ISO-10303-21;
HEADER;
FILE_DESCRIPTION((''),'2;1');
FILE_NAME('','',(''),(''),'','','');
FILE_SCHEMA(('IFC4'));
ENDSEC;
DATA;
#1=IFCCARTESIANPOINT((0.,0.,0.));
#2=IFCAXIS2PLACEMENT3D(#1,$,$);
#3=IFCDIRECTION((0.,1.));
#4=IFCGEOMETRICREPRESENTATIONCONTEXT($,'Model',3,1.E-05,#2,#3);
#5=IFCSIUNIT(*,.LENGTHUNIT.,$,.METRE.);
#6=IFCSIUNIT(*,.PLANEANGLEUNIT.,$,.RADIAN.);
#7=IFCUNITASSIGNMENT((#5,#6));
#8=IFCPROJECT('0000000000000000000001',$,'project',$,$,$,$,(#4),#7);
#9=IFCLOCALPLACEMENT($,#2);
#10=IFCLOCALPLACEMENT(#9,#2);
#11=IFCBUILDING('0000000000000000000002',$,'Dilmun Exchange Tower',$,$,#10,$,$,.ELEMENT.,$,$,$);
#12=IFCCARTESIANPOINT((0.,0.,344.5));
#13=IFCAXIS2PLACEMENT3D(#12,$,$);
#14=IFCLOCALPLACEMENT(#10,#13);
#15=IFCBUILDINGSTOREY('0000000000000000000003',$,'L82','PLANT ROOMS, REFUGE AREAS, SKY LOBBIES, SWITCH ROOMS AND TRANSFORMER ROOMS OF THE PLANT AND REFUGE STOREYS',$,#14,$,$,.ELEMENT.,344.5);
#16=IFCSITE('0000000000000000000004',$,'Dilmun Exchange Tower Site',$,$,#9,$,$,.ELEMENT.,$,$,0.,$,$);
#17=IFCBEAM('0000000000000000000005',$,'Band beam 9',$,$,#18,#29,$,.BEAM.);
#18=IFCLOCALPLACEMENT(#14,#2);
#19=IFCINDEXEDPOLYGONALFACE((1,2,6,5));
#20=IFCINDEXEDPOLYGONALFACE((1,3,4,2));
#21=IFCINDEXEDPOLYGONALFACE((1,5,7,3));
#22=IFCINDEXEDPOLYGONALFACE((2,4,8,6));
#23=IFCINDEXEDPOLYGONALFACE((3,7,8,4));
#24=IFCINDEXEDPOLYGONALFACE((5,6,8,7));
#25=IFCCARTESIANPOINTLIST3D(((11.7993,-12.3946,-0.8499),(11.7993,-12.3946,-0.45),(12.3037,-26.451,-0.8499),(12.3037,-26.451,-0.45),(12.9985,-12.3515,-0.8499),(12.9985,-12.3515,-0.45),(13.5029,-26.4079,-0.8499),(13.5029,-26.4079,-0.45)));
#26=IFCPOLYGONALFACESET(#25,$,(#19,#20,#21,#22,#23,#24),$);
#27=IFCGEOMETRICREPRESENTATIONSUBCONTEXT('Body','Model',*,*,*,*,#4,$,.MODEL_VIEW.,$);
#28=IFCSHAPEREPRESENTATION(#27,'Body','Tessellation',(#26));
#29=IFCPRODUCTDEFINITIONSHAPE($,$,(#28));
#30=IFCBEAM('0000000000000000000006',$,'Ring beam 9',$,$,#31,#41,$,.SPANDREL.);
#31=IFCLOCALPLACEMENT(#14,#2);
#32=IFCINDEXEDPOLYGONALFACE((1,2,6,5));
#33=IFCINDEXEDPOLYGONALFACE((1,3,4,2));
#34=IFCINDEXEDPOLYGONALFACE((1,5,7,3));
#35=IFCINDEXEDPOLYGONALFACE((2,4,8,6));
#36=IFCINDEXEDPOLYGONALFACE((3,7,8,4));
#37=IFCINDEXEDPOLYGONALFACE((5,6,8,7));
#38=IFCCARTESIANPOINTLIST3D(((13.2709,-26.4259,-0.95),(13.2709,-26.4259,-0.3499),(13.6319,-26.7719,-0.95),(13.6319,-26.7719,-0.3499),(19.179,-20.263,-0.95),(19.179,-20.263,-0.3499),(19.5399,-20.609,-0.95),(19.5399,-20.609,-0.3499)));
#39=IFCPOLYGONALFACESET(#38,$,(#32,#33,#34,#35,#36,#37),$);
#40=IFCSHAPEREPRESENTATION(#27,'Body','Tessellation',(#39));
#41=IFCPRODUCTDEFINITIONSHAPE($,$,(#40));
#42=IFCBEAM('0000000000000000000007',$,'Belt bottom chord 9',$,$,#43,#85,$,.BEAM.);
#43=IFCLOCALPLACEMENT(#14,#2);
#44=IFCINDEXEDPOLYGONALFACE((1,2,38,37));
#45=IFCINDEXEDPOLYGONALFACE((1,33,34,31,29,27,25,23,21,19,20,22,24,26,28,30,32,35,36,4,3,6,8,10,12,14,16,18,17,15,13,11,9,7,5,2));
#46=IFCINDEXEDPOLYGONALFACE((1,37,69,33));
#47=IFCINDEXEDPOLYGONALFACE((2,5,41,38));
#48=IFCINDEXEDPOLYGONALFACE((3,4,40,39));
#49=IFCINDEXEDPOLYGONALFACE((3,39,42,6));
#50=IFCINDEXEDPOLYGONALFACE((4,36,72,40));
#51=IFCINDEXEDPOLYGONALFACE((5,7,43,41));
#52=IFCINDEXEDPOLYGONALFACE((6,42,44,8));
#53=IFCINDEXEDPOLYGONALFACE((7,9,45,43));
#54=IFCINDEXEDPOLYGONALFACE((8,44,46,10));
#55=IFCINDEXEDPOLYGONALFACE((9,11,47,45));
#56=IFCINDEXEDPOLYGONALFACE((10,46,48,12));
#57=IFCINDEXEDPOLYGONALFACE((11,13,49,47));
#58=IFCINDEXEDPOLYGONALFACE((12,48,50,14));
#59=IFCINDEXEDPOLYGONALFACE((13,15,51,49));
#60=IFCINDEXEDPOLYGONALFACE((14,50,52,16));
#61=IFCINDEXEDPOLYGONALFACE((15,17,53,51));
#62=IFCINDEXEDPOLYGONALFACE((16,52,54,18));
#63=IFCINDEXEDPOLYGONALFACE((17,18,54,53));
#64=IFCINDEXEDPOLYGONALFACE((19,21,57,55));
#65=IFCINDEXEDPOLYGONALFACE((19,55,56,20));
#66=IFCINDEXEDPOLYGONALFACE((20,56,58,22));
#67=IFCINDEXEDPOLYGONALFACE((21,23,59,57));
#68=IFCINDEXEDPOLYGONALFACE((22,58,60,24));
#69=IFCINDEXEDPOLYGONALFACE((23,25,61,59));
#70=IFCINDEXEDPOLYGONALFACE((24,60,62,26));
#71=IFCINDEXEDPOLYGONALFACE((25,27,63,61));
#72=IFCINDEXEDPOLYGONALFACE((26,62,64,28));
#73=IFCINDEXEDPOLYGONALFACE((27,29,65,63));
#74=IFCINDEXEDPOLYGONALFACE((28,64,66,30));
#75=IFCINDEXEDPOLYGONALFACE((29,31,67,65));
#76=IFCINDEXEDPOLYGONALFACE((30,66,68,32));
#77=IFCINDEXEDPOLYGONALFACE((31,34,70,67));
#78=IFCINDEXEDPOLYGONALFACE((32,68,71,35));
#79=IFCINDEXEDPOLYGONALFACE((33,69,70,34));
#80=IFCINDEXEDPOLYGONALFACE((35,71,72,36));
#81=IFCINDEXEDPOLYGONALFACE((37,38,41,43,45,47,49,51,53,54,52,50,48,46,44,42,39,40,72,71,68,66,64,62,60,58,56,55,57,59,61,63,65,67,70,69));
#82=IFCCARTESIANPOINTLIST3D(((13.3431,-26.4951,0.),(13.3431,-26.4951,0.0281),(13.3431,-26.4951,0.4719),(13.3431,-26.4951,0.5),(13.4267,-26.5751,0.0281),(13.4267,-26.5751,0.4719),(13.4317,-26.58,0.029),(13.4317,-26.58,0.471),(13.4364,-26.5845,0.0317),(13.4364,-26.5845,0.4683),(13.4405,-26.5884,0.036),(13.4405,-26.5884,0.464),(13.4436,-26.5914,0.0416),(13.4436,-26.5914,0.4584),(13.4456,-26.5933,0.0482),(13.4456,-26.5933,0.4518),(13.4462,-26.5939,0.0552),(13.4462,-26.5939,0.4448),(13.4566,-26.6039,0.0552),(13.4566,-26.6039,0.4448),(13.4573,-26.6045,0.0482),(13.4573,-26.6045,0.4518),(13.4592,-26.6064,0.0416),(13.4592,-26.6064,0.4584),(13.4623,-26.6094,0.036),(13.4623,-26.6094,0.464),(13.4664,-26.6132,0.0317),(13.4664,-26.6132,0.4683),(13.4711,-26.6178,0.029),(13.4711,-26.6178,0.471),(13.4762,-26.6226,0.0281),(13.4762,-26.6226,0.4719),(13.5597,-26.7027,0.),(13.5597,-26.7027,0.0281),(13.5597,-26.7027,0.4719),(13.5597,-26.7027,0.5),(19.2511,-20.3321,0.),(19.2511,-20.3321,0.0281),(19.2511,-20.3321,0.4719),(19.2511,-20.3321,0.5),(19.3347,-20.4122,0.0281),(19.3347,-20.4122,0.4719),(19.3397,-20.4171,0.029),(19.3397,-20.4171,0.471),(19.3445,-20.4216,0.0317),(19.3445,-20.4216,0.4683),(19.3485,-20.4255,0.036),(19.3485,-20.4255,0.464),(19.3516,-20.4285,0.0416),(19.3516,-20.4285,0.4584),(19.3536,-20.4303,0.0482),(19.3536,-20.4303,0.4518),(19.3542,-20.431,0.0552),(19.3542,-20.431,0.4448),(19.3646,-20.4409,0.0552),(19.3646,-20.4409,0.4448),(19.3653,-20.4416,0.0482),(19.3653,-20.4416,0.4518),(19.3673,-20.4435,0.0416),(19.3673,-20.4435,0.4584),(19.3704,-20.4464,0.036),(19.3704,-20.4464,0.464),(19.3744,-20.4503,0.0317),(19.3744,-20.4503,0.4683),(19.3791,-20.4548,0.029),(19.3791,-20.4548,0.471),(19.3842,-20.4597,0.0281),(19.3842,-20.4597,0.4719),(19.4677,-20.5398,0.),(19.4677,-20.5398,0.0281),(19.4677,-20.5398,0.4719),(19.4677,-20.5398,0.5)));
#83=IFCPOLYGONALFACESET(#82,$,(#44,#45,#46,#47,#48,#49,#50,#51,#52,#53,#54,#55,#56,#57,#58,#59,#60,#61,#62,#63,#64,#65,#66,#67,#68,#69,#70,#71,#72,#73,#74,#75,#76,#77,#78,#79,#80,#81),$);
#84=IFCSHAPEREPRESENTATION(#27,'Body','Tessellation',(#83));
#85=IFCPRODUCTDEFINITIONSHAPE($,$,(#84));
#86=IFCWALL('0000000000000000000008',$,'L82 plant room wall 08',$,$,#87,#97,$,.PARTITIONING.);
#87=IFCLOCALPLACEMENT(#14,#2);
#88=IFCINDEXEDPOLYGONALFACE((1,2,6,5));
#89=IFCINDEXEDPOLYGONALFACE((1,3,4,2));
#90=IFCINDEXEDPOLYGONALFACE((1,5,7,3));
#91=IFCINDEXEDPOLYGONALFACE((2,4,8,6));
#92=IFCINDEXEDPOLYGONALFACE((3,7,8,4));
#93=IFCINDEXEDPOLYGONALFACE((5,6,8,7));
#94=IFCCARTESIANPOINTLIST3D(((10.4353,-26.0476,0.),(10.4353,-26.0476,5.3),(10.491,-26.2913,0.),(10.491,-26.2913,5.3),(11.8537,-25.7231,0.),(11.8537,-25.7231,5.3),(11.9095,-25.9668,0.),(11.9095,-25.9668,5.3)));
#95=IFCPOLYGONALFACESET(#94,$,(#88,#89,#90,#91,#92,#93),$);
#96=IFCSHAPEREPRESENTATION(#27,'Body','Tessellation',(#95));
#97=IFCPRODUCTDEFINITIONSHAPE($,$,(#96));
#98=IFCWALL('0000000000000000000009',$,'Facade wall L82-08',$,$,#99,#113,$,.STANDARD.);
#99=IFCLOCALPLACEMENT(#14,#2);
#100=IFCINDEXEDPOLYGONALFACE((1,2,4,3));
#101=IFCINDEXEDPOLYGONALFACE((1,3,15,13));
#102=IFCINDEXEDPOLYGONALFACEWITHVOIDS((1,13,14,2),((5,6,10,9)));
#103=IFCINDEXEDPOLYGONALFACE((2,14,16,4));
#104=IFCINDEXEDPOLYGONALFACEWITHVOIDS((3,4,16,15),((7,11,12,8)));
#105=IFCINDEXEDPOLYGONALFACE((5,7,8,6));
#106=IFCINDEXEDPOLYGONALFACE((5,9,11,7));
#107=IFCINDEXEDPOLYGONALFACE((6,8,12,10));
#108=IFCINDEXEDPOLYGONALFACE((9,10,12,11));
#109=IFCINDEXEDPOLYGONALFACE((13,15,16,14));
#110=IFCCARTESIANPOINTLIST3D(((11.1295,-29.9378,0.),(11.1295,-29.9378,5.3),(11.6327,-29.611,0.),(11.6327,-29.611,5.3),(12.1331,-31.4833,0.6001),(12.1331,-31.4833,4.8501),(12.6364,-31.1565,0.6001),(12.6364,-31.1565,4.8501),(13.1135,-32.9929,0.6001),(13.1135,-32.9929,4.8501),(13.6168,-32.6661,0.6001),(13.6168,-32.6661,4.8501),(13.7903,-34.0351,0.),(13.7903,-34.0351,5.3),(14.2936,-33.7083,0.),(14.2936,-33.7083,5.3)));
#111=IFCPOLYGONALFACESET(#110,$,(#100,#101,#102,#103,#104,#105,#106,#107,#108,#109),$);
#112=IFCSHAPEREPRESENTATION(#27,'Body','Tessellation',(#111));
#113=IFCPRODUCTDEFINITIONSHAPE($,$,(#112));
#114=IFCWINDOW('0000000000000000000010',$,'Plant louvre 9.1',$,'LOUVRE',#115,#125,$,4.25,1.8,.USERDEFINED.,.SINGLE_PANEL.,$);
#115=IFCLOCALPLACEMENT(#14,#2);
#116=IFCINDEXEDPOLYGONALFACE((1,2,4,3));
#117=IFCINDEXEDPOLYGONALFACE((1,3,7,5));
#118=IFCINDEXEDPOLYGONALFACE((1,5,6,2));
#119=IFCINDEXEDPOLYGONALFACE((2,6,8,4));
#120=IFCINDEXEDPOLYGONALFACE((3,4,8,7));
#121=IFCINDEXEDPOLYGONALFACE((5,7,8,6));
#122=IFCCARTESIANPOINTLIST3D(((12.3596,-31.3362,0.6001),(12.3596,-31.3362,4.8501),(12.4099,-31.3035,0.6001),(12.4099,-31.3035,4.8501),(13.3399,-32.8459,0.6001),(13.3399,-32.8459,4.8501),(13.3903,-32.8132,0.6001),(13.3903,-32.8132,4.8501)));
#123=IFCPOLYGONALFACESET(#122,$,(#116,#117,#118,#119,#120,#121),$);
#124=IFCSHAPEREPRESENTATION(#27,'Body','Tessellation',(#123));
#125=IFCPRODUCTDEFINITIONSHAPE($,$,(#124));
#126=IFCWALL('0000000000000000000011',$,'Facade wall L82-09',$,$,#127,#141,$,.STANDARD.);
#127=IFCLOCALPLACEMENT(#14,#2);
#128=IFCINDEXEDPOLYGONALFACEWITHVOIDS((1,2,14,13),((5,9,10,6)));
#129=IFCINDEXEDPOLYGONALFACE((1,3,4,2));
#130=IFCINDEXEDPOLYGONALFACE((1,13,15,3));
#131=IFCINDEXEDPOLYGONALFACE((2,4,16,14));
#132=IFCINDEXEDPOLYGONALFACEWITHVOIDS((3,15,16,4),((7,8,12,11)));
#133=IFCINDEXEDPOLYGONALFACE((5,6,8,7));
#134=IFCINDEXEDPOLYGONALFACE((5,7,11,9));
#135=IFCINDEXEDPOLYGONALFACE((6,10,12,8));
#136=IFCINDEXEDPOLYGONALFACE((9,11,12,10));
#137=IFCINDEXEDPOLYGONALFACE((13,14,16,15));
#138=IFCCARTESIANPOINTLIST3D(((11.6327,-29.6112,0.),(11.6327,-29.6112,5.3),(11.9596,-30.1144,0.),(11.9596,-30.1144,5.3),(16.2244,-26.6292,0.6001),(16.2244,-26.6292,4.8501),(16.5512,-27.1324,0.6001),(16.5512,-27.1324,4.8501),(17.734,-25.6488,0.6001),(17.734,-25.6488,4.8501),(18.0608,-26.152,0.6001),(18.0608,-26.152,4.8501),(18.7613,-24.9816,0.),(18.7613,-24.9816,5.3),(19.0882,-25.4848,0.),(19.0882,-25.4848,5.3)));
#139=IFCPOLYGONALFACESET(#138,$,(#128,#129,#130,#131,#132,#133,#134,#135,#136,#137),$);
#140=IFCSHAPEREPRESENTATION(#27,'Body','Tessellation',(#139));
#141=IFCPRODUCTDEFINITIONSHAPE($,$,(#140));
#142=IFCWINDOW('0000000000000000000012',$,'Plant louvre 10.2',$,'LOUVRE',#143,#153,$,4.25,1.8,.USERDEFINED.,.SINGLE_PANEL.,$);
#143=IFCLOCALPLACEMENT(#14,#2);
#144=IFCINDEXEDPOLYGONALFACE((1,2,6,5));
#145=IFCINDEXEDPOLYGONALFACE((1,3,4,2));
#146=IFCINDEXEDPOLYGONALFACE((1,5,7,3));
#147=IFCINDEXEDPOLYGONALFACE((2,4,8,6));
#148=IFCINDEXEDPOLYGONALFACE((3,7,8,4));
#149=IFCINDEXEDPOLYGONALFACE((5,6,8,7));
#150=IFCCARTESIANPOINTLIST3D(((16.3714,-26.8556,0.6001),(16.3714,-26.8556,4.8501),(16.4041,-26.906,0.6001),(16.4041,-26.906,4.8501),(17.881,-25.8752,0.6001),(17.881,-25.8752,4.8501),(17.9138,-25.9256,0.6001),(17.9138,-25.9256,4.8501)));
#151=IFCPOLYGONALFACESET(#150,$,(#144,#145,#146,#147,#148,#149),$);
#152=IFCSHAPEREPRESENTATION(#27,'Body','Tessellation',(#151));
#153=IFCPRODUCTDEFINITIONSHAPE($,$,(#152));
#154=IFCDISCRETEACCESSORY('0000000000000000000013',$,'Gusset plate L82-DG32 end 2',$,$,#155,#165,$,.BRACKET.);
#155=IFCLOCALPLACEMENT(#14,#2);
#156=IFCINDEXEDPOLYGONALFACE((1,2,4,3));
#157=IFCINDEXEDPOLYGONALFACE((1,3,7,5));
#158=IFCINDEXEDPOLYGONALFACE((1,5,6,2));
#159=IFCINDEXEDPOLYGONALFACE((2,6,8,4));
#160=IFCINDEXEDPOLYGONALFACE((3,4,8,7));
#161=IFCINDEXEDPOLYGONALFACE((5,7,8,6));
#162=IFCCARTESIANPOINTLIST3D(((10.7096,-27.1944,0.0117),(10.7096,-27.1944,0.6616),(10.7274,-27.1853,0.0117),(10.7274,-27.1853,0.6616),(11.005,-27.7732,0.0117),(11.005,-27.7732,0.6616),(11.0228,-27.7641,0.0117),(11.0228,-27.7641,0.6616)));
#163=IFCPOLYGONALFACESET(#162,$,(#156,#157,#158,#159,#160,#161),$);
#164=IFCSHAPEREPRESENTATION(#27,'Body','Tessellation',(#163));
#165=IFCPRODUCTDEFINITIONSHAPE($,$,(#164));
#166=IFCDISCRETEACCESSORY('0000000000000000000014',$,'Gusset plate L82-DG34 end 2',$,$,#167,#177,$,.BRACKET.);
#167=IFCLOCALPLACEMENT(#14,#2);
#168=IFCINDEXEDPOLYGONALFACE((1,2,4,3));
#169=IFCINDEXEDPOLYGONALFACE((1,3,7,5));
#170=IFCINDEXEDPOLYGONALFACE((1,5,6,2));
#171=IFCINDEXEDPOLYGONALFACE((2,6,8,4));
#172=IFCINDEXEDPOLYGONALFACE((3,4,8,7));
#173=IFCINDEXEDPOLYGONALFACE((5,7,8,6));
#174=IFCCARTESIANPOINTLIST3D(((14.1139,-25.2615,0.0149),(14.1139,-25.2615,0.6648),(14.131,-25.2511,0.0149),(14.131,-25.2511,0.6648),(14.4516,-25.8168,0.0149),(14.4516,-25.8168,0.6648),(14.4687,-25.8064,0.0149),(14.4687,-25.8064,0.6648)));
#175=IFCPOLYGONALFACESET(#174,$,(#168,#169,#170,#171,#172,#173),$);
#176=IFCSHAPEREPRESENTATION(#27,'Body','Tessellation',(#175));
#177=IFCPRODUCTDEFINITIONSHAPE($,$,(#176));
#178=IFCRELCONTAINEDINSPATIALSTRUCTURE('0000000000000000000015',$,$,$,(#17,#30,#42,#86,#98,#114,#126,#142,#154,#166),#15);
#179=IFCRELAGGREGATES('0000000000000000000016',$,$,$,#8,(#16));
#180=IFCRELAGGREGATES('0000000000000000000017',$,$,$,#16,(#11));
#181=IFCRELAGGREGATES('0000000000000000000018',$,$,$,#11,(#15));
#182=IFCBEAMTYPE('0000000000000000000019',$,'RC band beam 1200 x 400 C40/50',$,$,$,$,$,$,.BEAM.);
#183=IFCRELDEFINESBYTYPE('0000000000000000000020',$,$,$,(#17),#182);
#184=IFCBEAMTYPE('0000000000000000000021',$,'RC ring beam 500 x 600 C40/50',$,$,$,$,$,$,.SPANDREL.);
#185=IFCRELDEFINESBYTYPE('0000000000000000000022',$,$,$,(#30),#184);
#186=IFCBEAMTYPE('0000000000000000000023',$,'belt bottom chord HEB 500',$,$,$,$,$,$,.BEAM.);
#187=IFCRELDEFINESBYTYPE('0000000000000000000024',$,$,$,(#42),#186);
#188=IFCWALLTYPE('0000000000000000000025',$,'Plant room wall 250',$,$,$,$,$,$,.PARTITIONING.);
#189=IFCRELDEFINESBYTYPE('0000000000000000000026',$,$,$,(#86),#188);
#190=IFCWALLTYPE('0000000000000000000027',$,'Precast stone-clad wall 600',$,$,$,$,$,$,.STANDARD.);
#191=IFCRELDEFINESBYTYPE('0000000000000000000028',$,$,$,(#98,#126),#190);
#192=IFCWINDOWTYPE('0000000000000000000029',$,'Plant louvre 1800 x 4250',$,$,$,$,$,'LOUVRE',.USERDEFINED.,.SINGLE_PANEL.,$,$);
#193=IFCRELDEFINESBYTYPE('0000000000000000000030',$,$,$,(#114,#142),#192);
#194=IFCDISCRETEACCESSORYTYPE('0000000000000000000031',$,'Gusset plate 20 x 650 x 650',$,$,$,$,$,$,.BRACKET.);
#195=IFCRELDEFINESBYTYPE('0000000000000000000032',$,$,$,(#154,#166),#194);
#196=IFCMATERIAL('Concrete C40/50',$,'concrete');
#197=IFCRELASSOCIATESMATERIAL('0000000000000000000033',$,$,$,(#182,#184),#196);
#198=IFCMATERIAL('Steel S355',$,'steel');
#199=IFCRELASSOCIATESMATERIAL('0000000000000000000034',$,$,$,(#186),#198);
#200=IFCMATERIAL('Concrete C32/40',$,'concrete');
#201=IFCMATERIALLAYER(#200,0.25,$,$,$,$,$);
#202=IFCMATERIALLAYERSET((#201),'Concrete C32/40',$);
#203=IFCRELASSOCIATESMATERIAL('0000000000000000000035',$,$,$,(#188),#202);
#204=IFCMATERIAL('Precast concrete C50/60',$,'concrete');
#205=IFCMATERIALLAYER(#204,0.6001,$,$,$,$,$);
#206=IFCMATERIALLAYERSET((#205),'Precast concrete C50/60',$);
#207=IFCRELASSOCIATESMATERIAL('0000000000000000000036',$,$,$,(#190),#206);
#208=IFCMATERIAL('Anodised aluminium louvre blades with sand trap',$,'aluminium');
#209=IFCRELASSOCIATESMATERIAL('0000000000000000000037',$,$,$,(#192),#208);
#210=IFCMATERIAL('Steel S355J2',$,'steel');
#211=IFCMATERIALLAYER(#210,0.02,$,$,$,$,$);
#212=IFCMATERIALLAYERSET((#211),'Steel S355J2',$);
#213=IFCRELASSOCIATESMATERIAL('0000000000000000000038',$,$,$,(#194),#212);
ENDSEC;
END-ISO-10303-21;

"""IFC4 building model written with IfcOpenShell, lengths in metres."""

from ifc_helpers import new_model, si_unit, direction, frame, frame_2d, origin, origin_2d, place, context, subcontext, project, spatial, rectangle, i_section, extrude, material, layer, layer_set, material_profile, profile_set, type_object, element, fill, save


model = new_model("IFC4")

# Units and contexts
model_context = context("Model", 3, precision=1e-05, world=origin(), true_north=direction((0.0, 1.0)))
body_context = subcontext(model_context, "Body", "Model", "MODEL_VIEW")
ifc_project = project(units=[si_unit("LENGTHUNIT", "METRE"), si_unit("PLANEANGLEUNIT", "RADIAN")], contexts=[model_context])

# Site, building, storey
site_placement = place(None, origin())
site = spatial("IfcSite", under=ifc_project, at=site_placement, Name="Dilmun Exchange Tower Site", CompositionType="ELEMENT", RefElevation=0.0)
building_placement = place(site_placement, origin())
building = spatial("IfcBuilding", under=site, at=building_placement, Name="Dilmun Exchange Tower", CompositionType="ELEMENT")
storey_placement = place(building_placement, frame((0.0, 0.0, 344.5)))
storey = spatial("IfcBuildingStorey", under=building, at=storey_placement, Name="L82", Description="PLANT ROOMS, REFUGE AREAS, SKY LOBBIES, SWITCH ROOMS AND TRANSFORMER ROOMS OF THE PLANT AND REFUGE STOREYS", CompositionType="ELEMENT", Elevation=344.5)

# Beams
ifc_material_1 = material(Name="Concrete C40/50", Category="concrete")
ifc_material_profile_1 = material_profile(ifc_material_1, rectangle(XDim=1.2, YDim=0.3999, at=origin_2d()), Name="1200 x 400")
ifc_profile_set_1 = profile_set([ifc_material_profile_1], Name="Concrete C40/50")
beam_type_1 = type_object("IfcBeamType", Name="RC band beam 1200 x 400 C40/50", PredefinedType="BEAM", material=ifc_profile_set_1)
beam_1_placement = place(storey_placement, frame((12.9033, -26.4294, -0.6499), z_axis=(-0.035861, 0.999357, 0.0), x_axis=(-0.999357, -0.035861, 0.0)))
element("IfcBeam", 1, at=beam_1_placement, inside=storey, type_object=beam_type_1, Name="Band beam 9", PredefinedType="BEAM", context=body_context, shape_type="SweptSolid", body=[
    extrude(rectangle(XDim=1.2, YDim=0.3999, at=origin_2d()), origin(), (0.0, 0.0, 1.0), 14.0654),
])
ifc_material_profile_2 = material_profile(ifc_material_1, rectangle(XDim=0.5, YDim=0.6001, at=origin_2d()), Name="500 x 600")
ifc_profile_set_2 = profile_set([ifc_material_profile_2], Name="Concrete C40/50")
beam_type_2 = type_object("IfcBeamType", Name="RC ring beam 500 x 600 C40/50", PredefinedType="SPANDREL", material=ifc_profile_set_2)
beam_2_placement = place(storey_placement, frame((13.4514, -26.5989, -0.6499), z_axis=(0.692022, 0.721877, 0.0), x_axis=(-0.721877, 0.692022, 0.0)))
element("IfcBeam", 2, at=beam_2_placement, inside=storey, type_object=beam_type_2, Name="Ring beam 9", PredefinedType="SPANDREL", context=body_context, shape_type="SweptSolid", body=[
    extrude(rectangle(XDim=0.5, YDim=0.6001, at=origin_2d()), origin(), (0.0, 0.0, 1.0), 8.5374),
])
ifc_material_2 = material(Name="Steel S355", Category="steel")
ifc_material_profile_3 = material_profile(ifc_material_2, i_section(OverallWidth=0.3, OverallDepth=0.5, WebThickness=0.0144, FlangeThickness=0.0281, FilletRadius=0.0271, at=origin_2d()), Name="HEB 500")
ifc_profile_set_3 = profile_set([ifc_material_profile_3], Name="Steel S355")
beam_type_3 = type_object("IfcBeamType", Name="belt bottom chord HEB 500", PredefinedType="BEAM", material=ifc_profile_set_3)
beam_3_placement = place(storey_placement, frame((13.4514, -26.5989, 0.25), z_axis=(0.692022, 0.721877, 0.0), x_axis=(-0.721877, 0.692022, 0.0)))
element("IfcBeam", 3, at=beam_3_placement, inside=storey, type_object=beam_type_3, Name="Belt bottom chord 9", PredefinedType="BEAM", context=body_context, shape_type="SweptSolid", body=[
    extrude(i_section(OverallWidth=0.3, OverallDepth=0.5, WebThickness=0.0144, FlangeThickness=0.0281, FilletRadius=0.0271, at=origin_2d()), origin(), (0.0, 0.0, 1.0), 8.5374),
])

# Wall
ifc_material_3 = material(Name="Concrete C32/40", Category="concrete")
ifc_layer_1 = layer(ifc_material_3, 0.25)
ifc_layer_set_1 = layer_set([ifc_layer_1], Name="Concrete C32/40")
wall_type_1 = type_object("IfcWallType", Name="Plant room wall 250", PredefinedType="PARTITIONING", material=ifc_layer_set_1)
wall_1_placement = place(storey_placement, frame((10.4631, -26.1694, 0.0), z_axis=(0.0, 0.0, 1.0), x_axis=(0.974822, 0.222984, 0.0)))
element("IfcWall", 4, at=wall_1_placement, inside=storey, type_object=wall_type_1, Name="L82 plant room wall 08", PredefinedType="PARTITIONING", context=body_context, shape_type="SweptSolid", body=[
    extrude(rectangle(XDim=1.4551, YDim=0.25, at=frame_2d((0.7275, 0.0))), origin(), (0.0, 0.0, 1.0), 5.3),
])

# Walls, openings, windows
ifc_material_4 = material(Name="Precast concrete C50/60", Category="concrete")
ifc_layer_2 = layer(ifc_material_4, 0.6001)
ifc_layer_set_2 = layer_set([ifc_layer_2], Name="Precast concrete C50/60")
wall_type_2 = type_object("IfcWallType", Name="Precast stone-clad wall 600", PredefinedType="STANDARD", material=ifc_layer_set_2)
wall_2_placement = place(storey_placement, frame((14.042, -33.8718, 0.0), z_axis=(0.0, 0.0, 1.0), x_axis=(-0.544639, 0.838671, 0.0)))
wall_2 = element("IfcWall", 5, at=wall_2_placement, inside=storey, type_object=wall_type_2, Name="Facade wall L82-08", PredefinedType="STANDARD", context=body_context, shape_type="SweptSolid", body=[
    extrude(rectangle(XDim=4.8855, YDim=0.6001, at=frame_2d((2.4429, 0.0))), origin(), (0.0, 0.0, 1.0), 5.3),
])
opening_1_placement = place(wall_2_placement, frame((1.2429, 0.0, 0.6001)))
opening_1 = element("IfcOpeningElement", 6, at=opening_1_placement, cuts=wall_2, PredefinedType="OPENING", context=body_context, shape_type="SweptSolid", body=[
    extrude(rectangle(XDim=1.8, YDim=4.25, at=frame_2d((0.8999, 2.125))), frame((0.0, 0.3101, 0.0), z_axis=(0.0, -1.0, 0.0), x_axis=(1.0, 0.0, 0.0)), (0.0, 0.0, 1.0), 0.6201),
])
ifc_material_5 = material(Name="Anodised aluminium louvre blades with sand trap", Category="aluminium")
window_type_1 = type_object("IfcWindowType", Name="Plant louvre 1800 x 4250", ElementType="LOUVRE", PartitioningType="SINGLE_PANEL", PredefinedType="USERDEFINED", material=ifc_material_5)
window_1_placement = place(opening_1_placement, origin())
window_1 = element("IfcWindow", 7, at=window_1_placement, inside=storey, type_object=window_type_1, Name="Plant louvre 9.1", ObjectType="LOUVRE", OverallHeight=4.25, OverallWidth=1.8, PartitioningType="SINGLE_PANEL", PredefinedType="USERDEFINED", context=body_context, shape_type="SweptSolid", body=[
    extrude(rectangle(XDim=1.8, YDim=4.25, at=frame_2d((0.8999, 2.125))), frame((0.0, 0.03, 0.0), z_axis=(0.0, -1.0, 0.0), x_axis=(1.0, 0.0, 0.0)), (0.0, 0.0, 1.0), 0.0601),
])
fill(opening_1, window_1)
wall_3_placement = place(storey_placement, frame((11.7961, -29.8628, 0.0), z_axis=(0.0, 0.0, 1.0), x_axis=(0.838658, 0.544658, 0.0)))
wall_3 = element("IfcWall", 8, at=wall_3_placement, inside=storey, type_object=wall_type_2, Name="Facade wall L82-09", PredefinedType="STANDARD", context=body_context, shape_type="SweptSolid", body=[
    extrude(rectangle(XDim=8.5, YDim=0.6001, at=frame_2d((4.25, 0.0))), origin(), (0.0, 0.0, 1.0), 5.3),
])
opening_2_placement = place(wall_3_placement, frame((5.4751, 0.0, 0.6001)))
opening_2 = element("IfcOpeningElement", 9, at=opening_2_placement, cuts=wall_3, PredefinedType="OPENING", context=body_context, shape_type="SweptSolid", body=[
    extrude(rectangle(XDim=1.8, YDim=4.25, at=frame_2d((0.8999, 2.125))), frame((0.0, 0.3101, 0.0), z_axis=(0.0, -1.0, 0.0), x_axis=(1.0, 0.0, 0.0)), (0.0, 0.0, 1.0), 0.6201),
])
window_2_placement = place(opening_2_placement, origin())
window_2 = element("IfcWindow", 10, at=window_2_placement, inside=storey, type_object=window_type_1, Name="Plant louvre 10.2", ObjectType="LOUVRE", OverallHeight=4.25, OverallWidth=1.8, PartitioningType="SINGLE_PANEL", PredefinedType="USERDEFINED", context=body_context, shape_type="SweptSolid", body=[
    extrude(rectangle(XDim=1.8, YDim=4.25, at=frame_2d((0.8999, 2.125))), frame((0.0, 0.03, 0.0), z_axis=(0.0, -1.0, 0.0), x_axis=(1.0, 0.0, 0.0)), (0.0, 0.0, 1.0), 0.0601),
])
fill(opening_2, window_2)

# Discrete accessories
ifc_material_6 = material(Name="Steel S355J2", Category="steel")
ifc_layer_3 = layer(ifc_material_6, 0.02)
ifc_layer_set_3 = layer_set([ifc_layer_3], Name="Steel S355J2")
discrete_accessory_type = type_object("IfcDiscreteAccessoryType", Name="Gusset plate 20 x 650 x 650", PredefinedType="BRACKET", material=ifc_layer_set_3)
for number, where, z_axis, x_axis, name in (
    (11, (10.8662, -27.4792, 0.0117), (0.0, 0.0, 1.0), (0.454514, -0.890739, 0.0), "Gusset plate L82-DG32 end 2"),
    (12, (14.2913, -25.5339, 0.0149), (0.0, 0.0, 1.0), (0.519618, -0.854399, 0.0), "Gusset plate L82-DG34 end 2"),
):
    element("IfcDiscreteAccessory", number, at=place(storey_placement, frame(where, z_axis=z_axis, x_axis=x_axis)), inside=storey, type_object=discrete_accessory_type, Name=name, PredefinedType="BRACKET", context=body_context, shape_type="SweptSolid", body=[
        extrude(rectangle(XDim=0.6499, YDim=0.02, at=origin_2d()), origin(), (0.0, 0.0, 1.0), 0.6499),
    ])

save(model, "model.ifc")
